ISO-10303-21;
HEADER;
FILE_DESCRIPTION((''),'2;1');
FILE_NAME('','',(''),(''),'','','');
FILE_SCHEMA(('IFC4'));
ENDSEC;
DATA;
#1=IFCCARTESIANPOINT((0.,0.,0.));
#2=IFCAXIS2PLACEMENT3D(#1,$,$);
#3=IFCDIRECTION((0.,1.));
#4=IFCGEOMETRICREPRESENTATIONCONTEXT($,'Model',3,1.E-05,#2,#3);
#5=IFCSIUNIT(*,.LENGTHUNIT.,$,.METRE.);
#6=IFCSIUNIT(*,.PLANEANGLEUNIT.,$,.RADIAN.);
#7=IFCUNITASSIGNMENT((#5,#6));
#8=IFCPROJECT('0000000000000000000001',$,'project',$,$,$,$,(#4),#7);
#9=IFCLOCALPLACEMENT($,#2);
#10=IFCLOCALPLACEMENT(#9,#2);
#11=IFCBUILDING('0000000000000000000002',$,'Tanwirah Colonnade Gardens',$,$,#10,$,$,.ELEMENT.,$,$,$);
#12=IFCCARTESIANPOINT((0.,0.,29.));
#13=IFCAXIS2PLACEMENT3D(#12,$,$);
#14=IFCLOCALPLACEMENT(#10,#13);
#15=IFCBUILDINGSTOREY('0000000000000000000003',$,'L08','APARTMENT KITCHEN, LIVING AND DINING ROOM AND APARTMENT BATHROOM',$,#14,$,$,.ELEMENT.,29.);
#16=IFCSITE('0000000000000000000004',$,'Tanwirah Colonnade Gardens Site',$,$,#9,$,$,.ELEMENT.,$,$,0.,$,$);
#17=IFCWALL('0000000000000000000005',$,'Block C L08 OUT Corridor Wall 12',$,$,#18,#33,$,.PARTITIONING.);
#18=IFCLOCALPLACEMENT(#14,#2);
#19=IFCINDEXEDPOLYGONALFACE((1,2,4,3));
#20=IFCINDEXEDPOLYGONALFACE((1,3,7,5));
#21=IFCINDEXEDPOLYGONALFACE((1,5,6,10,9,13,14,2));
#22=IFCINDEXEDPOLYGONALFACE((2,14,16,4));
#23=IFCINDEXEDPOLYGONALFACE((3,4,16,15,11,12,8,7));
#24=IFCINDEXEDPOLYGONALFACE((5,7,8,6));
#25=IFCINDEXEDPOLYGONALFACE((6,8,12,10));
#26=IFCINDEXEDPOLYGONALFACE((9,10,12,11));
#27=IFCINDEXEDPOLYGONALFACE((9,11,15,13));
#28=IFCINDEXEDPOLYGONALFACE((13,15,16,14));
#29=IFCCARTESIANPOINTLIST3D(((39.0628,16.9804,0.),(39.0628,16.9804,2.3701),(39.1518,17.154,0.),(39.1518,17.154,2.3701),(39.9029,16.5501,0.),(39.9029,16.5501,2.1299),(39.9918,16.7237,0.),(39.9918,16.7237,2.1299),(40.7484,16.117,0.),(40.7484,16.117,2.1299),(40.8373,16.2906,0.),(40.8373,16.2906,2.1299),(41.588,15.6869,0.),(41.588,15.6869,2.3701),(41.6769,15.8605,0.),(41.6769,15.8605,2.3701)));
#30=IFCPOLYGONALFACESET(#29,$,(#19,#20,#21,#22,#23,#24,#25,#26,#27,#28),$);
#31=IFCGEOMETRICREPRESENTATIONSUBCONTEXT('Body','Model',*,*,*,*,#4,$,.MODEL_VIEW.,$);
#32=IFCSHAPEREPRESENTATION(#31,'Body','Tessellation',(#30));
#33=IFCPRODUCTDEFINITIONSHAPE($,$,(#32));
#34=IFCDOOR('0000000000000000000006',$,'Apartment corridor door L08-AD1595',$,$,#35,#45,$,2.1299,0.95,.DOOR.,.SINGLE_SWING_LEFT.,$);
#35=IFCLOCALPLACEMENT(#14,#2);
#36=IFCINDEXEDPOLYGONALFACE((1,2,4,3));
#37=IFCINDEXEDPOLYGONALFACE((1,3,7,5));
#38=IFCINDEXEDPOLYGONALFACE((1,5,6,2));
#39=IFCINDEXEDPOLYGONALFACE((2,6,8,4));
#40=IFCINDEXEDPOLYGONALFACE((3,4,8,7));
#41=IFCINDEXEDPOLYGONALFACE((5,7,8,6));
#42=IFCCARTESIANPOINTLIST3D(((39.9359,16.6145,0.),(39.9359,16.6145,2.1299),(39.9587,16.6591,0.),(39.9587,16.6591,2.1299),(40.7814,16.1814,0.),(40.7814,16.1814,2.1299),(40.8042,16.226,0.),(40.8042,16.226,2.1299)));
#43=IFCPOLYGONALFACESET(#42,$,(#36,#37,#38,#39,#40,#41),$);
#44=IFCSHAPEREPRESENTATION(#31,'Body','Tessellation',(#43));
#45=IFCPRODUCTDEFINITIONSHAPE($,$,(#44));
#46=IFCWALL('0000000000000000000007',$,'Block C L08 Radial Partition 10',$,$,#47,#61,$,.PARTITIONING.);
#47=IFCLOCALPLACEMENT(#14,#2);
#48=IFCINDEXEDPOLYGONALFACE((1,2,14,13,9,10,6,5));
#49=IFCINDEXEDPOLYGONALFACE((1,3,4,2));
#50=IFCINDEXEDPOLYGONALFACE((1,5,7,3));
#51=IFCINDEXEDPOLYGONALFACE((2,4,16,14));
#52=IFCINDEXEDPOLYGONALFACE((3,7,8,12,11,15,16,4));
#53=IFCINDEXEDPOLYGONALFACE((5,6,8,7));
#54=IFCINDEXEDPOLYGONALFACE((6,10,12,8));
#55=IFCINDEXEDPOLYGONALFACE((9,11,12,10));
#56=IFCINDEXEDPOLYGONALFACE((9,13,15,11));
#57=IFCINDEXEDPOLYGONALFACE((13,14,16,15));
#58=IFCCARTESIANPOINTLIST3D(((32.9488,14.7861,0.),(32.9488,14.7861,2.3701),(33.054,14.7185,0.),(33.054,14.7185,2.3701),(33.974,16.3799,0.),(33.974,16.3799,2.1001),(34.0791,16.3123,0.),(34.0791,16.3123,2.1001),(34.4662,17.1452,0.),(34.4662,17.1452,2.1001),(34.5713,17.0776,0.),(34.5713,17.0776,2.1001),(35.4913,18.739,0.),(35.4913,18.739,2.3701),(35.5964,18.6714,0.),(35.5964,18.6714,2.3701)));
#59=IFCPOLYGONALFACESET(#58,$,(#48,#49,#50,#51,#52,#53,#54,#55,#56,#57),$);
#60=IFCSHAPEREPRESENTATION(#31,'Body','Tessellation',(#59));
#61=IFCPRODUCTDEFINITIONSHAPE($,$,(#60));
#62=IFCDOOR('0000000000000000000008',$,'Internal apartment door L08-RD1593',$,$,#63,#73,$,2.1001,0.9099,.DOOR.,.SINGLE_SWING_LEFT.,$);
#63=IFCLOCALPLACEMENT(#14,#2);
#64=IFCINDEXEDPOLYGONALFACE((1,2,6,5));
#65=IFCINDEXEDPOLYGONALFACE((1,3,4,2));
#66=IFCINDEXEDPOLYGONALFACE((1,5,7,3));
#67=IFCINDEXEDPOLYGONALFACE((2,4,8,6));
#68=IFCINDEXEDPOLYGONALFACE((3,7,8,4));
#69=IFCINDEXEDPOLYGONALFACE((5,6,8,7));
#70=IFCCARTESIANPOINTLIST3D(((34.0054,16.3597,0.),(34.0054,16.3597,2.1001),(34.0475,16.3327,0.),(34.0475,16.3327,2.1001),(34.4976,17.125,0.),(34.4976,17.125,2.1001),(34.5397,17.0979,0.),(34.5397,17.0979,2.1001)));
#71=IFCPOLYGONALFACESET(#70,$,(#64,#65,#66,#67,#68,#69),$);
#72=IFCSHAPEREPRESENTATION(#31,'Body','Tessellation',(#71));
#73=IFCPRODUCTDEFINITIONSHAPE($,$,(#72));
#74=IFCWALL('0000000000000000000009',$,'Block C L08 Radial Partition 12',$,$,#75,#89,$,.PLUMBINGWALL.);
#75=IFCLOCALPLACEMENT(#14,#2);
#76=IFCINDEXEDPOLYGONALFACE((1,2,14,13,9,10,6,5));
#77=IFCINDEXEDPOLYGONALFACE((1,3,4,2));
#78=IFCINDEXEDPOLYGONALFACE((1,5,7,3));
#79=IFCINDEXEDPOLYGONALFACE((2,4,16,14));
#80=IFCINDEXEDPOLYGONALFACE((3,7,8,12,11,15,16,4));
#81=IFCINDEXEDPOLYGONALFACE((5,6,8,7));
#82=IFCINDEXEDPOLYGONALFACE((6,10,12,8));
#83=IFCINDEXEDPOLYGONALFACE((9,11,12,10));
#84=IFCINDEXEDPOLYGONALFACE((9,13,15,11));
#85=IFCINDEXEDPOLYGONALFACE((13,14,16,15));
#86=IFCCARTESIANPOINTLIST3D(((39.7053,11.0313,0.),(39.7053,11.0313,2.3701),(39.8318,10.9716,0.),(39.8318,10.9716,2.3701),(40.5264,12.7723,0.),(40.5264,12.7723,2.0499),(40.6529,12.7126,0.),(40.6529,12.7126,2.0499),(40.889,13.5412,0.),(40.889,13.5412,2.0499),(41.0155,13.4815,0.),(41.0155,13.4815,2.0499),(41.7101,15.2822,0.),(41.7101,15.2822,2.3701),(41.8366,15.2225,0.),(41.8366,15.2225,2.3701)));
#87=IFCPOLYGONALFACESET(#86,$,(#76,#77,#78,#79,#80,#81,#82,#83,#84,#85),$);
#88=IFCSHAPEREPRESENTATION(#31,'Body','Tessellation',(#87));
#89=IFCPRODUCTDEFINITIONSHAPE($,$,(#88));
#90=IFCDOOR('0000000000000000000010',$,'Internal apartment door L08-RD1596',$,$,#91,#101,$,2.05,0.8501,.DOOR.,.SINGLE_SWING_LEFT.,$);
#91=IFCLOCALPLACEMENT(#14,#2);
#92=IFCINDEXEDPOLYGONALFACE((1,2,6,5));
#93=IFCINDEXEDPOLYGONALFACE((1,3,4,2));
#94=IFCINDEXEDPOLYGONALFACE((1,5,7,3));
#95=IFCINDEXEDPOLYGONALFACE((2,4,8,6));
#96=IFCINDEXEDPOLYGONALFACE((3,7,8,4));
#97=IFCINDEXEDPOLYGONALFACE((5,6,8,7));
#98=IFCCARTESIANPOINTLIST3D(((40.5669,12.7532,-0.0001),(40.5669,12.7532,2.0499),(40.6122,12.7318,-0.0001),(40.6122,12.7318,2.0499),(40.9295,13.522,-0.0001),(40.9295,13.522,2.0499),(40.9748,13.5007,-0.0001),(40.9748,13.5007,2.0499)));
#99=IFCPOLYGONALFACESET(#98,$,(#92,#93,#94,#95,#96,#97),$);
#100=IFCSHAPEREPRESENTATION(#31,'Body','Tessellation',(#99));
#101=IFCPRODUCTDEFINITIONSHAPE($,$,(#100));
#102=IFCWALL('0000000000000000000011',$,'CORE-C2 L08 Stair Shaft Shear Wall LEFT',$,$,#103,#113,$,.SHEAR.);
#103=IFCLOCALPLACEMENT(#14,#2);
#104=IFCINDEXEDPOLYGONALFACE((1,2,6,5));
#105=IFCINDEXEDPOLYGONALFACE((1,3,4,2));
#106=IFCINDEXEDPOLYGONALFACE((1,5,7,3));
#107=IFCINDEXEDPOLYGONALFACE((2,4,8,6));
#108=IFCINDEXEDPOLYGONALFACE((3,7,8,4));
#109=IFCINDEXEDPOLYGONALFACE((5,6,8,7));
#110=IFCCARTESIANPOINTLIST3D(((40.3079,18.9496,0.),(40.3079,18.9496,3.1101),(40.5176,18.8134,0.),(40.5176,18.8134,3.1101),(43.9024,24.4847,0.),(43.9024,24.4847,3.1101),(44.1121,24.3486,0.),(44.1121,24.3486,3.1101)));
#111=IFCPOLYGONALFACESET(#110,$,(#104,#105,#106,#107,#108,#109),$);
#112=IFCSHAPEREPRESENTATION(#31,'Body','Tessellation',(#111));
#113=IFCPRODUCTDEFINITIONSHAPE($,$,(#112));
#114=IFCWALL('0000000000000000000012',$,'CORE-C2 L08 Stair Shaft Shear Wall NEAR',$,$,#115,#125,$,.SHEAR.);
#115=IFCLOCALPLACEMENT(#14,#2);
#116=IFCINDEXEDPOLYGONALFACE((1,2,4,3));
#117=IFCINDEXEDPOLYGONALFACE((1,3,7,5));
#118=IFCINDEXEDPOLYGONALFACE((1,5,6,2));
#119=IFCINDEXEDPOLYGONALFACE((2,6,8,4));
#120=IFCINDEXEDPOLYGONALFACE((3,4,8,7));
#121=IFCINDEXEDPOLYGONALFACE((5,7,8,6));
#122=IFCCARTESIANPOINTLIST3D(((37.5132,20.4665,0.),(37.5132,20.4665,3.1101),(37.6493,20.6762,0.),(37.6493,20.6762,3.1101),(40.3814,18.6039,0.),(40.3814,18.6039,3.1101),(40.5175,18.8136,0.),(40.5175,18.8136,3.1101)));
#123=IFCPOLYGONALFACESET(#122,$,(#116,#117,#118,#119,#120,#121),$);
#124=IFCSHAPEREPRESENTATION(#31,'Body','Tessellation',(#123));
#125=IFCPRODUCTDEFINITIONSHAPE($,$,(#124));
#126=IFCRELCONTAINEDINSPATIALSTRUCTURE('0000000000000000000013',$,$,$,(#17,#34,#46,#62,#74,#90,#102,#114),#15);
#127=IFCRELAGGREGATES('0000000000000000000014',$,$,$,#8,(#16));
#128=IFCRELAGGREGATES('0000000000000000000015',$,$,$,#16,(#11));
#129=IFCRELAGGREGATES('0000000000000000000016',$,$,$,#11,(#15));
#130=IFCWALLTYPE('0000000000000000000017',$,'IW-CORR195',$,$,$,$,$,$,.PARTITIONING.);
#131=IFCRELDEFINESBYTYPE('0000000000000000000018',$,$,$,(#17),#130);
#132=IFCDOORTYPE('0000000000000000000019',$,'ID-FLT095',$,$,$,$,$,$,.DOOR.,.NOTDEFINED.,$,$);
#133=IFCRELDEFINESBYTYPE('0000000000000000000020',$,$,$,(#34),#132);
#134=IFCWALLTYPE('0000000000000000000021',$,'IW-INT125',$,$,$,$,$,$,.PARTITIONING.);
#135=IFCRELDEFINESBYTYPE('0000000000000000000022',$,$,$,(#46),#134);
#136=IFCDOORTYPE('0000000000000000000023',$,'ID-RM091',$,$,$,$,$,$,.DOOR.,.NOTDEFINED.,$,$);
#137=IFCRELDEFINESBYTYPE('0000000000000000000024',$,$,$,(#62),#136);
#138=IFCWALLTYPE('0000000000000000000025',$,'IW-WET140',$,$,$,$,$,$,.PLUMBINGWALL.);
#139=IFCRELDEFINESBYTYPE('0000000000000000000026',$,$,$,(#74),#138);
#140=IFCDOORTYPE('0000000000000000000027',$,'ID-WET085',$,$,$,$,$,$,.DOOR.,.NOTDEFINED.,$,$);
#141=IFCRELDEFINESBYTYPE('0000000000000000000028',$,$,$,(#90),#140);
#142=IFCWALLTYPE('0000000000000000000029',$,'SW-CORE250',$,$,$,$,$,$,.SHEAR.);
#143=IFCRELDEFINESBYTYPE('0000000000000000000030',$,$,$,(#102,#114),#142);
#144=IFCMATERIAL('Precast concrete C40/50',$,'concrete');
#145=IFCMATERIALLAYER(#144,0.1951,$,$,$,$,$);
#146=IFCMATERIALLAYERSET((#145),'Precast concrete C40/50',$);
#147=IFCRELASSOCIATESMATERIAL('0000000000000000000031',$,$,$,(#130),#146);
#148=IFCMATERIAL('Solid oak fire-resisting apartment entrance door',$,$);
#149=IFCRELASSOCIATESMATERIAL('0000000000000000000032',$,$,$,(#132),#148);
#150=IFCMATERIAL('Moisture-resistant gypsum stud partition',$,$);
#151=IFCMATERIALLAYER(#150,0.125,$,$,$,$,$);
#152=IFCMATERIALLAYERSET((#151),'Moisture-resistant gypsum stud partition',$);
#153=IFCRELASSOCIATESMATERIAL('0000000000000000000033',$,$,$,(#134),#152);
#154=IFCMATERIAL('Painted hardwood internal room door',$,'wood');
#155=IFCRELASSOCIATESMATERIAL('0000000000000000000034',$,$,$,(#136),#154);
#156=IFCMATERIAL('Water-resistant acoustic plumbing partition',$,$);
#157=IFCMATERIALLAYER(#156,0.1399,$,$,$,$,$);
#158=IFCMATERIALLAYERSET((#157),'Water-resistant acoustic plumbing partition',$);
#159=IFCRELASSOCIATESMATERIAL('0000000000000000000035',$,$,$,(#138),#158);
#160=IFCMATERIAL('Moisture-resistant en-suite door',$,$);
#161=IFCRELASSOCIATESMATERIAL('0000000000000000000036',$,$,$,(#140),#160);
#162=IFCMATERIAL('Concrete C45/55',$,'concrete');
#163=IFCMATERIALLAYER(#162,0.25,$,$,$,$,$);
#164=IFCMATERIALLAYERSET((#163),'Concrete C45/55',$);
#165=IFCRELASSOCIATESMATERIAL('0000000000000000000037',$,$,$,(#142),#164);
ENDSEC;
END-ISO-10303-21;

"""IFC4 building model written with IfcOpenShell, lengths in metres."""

from ifc_helpers import new_model, si_unit, direction, frame, frame_2d, origin, place, context, subcontext, project, spatial, rectangle, extrude, material, layer, layer_set, type_object, element, fill, save


model = new_model("IFC4")

# Units and contexts
model_context = context("Model", 3, precision=1e-05, world=origin(), true_north=direction((0.0, 1.0)))
body_context = subcontext(model_context, "Body", "Model", "MODEL_VIEW")
ifc_project = project(units=[si_unit("LENGTHUNIT", "METRE"), si_unit("PLANEANGLEUNIT", "RADIAN")], contexts=[model_context])

# Site, building, storey
site_placement = place(None, origin())
site = spatial("IfcSite", under=ifc_project, at=site_placement, Name="Tanwirah Colonnade Gardens Site", CompositionType="ELEMENT", RefElevation=0.0)
building_placement = place(site_placement, origin())
building = spatial("IfcBuilding", under=site, at=building_placement, Name="Tanwirah Colonnade Gardens", CompositionType="ELEMENT")
storey_placement = place(building_placement, frame((0.0, 0.0, 29.0)))
storey = spatial("IfcBuildingStorey", under=building, at=storey_placement, Name="L08", Description="APARTMENT KITCHEN, LIVING AND DINING ROOM AND APARTMENT BATHROOM", CompositionType="ELEMENT", Elevation=29.0)

# Shared definitions
ifc_material_1 = material(Name="Precast concrete C40/50", Category="concrete")

# Walls, openings, doors
ifc_layer_1 = layer(ifc_material_1, 0.1951)
ifc_layer_set_1 = layer_set([ifc_layer_1], Name="Precast concrete C40/50")
wall_type_1 = type_object("IfcWallType", Name="IW-CORR195", PredefinedType="PARTITIONING", material=ifc_layer_set_1)
ifc_material_2 = material(Name="Solid oak fire-resisting apartment entrance door")
wall_1_placement = place(storey_placement, frame((39.1074, 17.0671, 0.0), z_axis=(0.0, 0.0, 1.0), x_axis=(0.890031, -0.455901, 0.0)))
wall_1 = element("IfcWall", 1, at=wall_1_placement, inside=storey, type_object=wall_type_1, Name="Block C L08 OUT Corridor Wall 12", PredefinedType="PARTITIONING", context=body_context, shape_type="SweptSolid", body=[
    extrude(rectangle(XDim=2.8372, YDim=0.1951, at=frame_2d((1.4185, 0.0))), origin(), (0.0, 0.0, 1.0), 2.3701),
])
opening_1_placement = place(wall_1_placement, frame((0.9436, 0.0, 0.0)))
opening_1 = element("IfcOpeningElement", 2, at=opening_1_placement, cuts=wall_1, PredefinedType="OPENING", context=body_context, shape_type="SweptSolid", body=[
    extrude(rectangle(XDim=0.95, YDim=2.1299, at=frame_2d((0.4751, 1.0649))), frame((0.0, 0.1074, 0.0), z_axis=(0.0, -1.0, 0.0), x_axis=(1.0, 0.0, 0.0)), (0.0, 0.0, 1.0), 0.2151),
])
door_type_1 = type_object("IfcDoorType", Name="ID-FLT095", OperationType="NOTDEFINED", PredefinedType="DOOR", material=ifc_material_2)
door_1_placement = place(opening_1_placement, origin())
door_1 = element("IfcDoor", 3, at=door_1_placement, inside=storey, type_object=door_type_1, Name="Apartment corridor door L08-AD1595", OperationType="SINGLE_SWING_LEFT", OverallHeight=2.1299, OverallWidth=0.95, PredefinedType="DOOR", context=body_context, shape_type="SweptSolid", body=[
    extrude(rectangle(XDim=0.95, YDim=2.1299, at=frame_2d((0.4751, 1.0649))), frame((0.0, 0.0249, 0.0), z_axis=(0.0, -1.0, 0.0), x_axis=(1.0, 0.0, 0.0)), (0.0, 0.0, 1.0), 0.05),
])
fill(opening_1, door_1)
ifc_material_3 = material(Name="Moisture-resistant gypsum stud partition")
ifc_layer_2 = layer(ifc_material_3, 0.125)
ifc_layer_set_2 = layer_set([ifc_layer_2], Name="Moisture-resistant gypsum stud partition")
wall_type_2 = type_object("IfcWallType", Name="IW-INT125", PredefinedType="PARTITIONING", material=ifc_layer_set_2)
wall_2_placement = place(storey_placement, frame((35.5439, 18.7053, 0.0), z_axis=(0.0, 0.0, 1.0), x_axis=(-0.54096, -0.841048, 0.0)))
wall_2 = element("IfcWall", 4, at=wall_2_placement, inside=storey, type_object=wall_type_2, Name="Block C L08 Radial Partition 10", PredefinedType="PARTITIONING", context=body_context, shape_type="SweptSolid", body=[
    extrude(rectangle(XDim=4.7, YDim=0.125, at=frame_2d((2.3501, 0.0))), origin(), (0.0, 0.0, 1.0), 2.3701),
])
opening_2_placement = place(wall_2_placement, frame((1.895, 0.0, 0.0)))
opening_2 = element("IfcOpeningElement", 5, at=opening_2_placement, cuts=wall_2, PredefinedType="OPENING", context=body_context, shape_type="SweptSolid", body=[
    extrude(rectangle(XDim=0.9099, YDim=2.1001, at=frame_2d((0.4551, 1.05))), frame((0.0, 0.0725, 0.0), z_axis=(0.0, -1.0, 0.0), x_axis=(1.0, 0.0, 0.0)), (0.0, 0.0, 1.0), 0.145),
])
ifc_material_4 = material(Name="Painted hardwood internal room door", Category="wood")
door_type_2 = type_object("IfcDoorType", Name="ID-RM091", OperationType="NOTDEFINED", PredefinedType="DOOR", material=ifc_material_4)
door_2_placement = place(opening_2_placement, origin())
door_2 = element("IfcDoor", 6, at=door_2_placement, inside=storey, type_object=door_type_2, Name="Internal apartment door L08-RD1593", OperationType="SINGLE_SWING_LEFT", OverallHeight=2.1001, OverallWidth=0.9099, PredefinedType="DOOR", context=body_context, shape_type="SweptSolid", body=[
    extrude(rectangle(XDim=0.9099, YDim=2.1001, at=frame_2d((0.4551, 1.05))), frame((0.0, 0.0249, 0.0), z_axis=(0.0, -1.0, 0.0), x_axis=(1.0, 0.0, 0.0)), (0.0, 0.0, 1.0), 0.05),
])
fill(opening_2, door_2)
ifc_material_5 = material(Name="Water-resistant acoustic plumbing partition")
ifc_layer_3 = layer(ifc_material_5, 0.1399)
ifc_layer_set_3 = layer_set([ifc_layer_3], Name="Water-resistant acoustic plumbing partition")
wall_type_3 = type_object("IfcWallType", Name="IW-WET140", PredefinedType="PLUMBINGWALL", material=ifc_layer_set_3)
wall_3_placement = place(storey_placement, frame((41.7734, 15.2524, 0.0), z_axis=(0.0, 0.0, 1.0), x_axis=(-0.426567, -0.904456, 0.0)))
wall_3 = element("IfcWall", 7, at=wall_3_placement, inside=storey, type_object=wall_type_3, Name="Block C L08 Radial Partition 12", PredefinedType="PLUMBINGWALL", context=body_context, shape_type="SweptSolid", body=[
    extrude(rectangle(XDim=4.7, YDim=0.1399, at=frame_2d((2.3501, 0.0))), origin(), (0.0, 0.0, 1.0), 2.3701),
])
opening_3_placement = place(wall_3_placement, frame((1.925, 0.0, 0.0)))
opening_3 = element("IfcOpeningElement", 8, at=opening_3_placement, cuts=wall_3, PredefinedType="OPENING", context=body_context, shape_type="SweptSolid", body=[
    extrude(rectangle(XDim=0.8501, YDim=2.05, at=frame_2d((0.425, 1.0249))), frame((0.0, 0.0798, 0.0), z_axis=(0.0, -1.0, 0.0), x_axis=(1.0, 0.0, 0.0)), (0.0, 0.0, 1.0), 0.1599),
])
ifc_material_6 = material(Name="Moisture-resistant en-suite door")
door_type_3 = type_object("IfcDoorType", Name="ID-WET085", OperationType="NOTDEFINED", PredefinedType="DOOR", material=ifc_material_6)
door_3_placement = place(opening_3_placement, origin())
door_3 = element("IfcDoor", 9, at=door_3_placement, inside=storey, type_object=door_type_3, Name="Internal apartment door L08-RD1596", OperationType="SINGLE_SWING_LEFT", OverallHeight=2.05, OverallWidth=0.8501, PredefinedType="DOOR", context=body_context, shape_type="SweptSolid", body=[
    extrude(rectangle(XDim=0.8501, YDim=2.05, at=frame_2d((0.425, 1.0249))), frame((0.0, 0.0249, 0.0), z_axis=(0.0, -1.0, 0.0), x_axis=(1.0, 0.0, 0.0)), (0.0, 0.0, 1.0), 0.05),
])
fill(opening_3, door_3)

# Walls
ifc_material_7 = material(Name="Concrete C45/55", Category="concrete")
ifc_layer_4 = layer(ifc_material_7, 0.25)
ifc_layer_set_4 = layer_set([ifc_layer_4], Name="Concrete C45/55")
wall_type_4 = type_object("IfcWallType", Name="SW-CORE250", PredefinedType="SHEAR", material=ifc_layer_set_4)
wall_4_placement = place(storey_placement, frame((40.4128, 18.8816, 0.0), z_axis=(0.0, 0.0, 1.0), x_axis=(0.544629, 0.838677, 0.0)))
element("IfcWall", 10, at=wall_4_placement, inside=storey, type_object=wall_type_4, Name="CORE-C2 L08 Stair Shaft Shear Wall LEFT", PredefinedType="SHEAR", context=body_context, shape_type="SweptSolid", body=[
    extrude(rectangle(XDim=6.5999, YDim=0.25, at=frame_2d((3.2998, 0.0))), origin(), (0.0, 0.0, 1.0), 3.1101),
])
wall_5_placement = place(storey_placement, frame((40.4495, 18.7087, 0.0), z_axis=(0.0, 0.0, 1.0), x_axis=(-0.838678, 0.544627, 0.0)))
element("IfcWall", 11, at=wall_5_placement, inside=storey, type_object=wall_type_4, Name="CORE-C2 L08 Stair Shaft Shear Wall NEAR", PredefinedType="SHEAR", context=body_context, shape_type="SweptSolid", body=[
    extrude(rectangle(XDim=3.4199, YDim=0.25, at=frame_2d((1.71, 0.0))), origin(), (0.0, 0.0, 1.0), 3.1101),
])

save(model, "model.ifc")
